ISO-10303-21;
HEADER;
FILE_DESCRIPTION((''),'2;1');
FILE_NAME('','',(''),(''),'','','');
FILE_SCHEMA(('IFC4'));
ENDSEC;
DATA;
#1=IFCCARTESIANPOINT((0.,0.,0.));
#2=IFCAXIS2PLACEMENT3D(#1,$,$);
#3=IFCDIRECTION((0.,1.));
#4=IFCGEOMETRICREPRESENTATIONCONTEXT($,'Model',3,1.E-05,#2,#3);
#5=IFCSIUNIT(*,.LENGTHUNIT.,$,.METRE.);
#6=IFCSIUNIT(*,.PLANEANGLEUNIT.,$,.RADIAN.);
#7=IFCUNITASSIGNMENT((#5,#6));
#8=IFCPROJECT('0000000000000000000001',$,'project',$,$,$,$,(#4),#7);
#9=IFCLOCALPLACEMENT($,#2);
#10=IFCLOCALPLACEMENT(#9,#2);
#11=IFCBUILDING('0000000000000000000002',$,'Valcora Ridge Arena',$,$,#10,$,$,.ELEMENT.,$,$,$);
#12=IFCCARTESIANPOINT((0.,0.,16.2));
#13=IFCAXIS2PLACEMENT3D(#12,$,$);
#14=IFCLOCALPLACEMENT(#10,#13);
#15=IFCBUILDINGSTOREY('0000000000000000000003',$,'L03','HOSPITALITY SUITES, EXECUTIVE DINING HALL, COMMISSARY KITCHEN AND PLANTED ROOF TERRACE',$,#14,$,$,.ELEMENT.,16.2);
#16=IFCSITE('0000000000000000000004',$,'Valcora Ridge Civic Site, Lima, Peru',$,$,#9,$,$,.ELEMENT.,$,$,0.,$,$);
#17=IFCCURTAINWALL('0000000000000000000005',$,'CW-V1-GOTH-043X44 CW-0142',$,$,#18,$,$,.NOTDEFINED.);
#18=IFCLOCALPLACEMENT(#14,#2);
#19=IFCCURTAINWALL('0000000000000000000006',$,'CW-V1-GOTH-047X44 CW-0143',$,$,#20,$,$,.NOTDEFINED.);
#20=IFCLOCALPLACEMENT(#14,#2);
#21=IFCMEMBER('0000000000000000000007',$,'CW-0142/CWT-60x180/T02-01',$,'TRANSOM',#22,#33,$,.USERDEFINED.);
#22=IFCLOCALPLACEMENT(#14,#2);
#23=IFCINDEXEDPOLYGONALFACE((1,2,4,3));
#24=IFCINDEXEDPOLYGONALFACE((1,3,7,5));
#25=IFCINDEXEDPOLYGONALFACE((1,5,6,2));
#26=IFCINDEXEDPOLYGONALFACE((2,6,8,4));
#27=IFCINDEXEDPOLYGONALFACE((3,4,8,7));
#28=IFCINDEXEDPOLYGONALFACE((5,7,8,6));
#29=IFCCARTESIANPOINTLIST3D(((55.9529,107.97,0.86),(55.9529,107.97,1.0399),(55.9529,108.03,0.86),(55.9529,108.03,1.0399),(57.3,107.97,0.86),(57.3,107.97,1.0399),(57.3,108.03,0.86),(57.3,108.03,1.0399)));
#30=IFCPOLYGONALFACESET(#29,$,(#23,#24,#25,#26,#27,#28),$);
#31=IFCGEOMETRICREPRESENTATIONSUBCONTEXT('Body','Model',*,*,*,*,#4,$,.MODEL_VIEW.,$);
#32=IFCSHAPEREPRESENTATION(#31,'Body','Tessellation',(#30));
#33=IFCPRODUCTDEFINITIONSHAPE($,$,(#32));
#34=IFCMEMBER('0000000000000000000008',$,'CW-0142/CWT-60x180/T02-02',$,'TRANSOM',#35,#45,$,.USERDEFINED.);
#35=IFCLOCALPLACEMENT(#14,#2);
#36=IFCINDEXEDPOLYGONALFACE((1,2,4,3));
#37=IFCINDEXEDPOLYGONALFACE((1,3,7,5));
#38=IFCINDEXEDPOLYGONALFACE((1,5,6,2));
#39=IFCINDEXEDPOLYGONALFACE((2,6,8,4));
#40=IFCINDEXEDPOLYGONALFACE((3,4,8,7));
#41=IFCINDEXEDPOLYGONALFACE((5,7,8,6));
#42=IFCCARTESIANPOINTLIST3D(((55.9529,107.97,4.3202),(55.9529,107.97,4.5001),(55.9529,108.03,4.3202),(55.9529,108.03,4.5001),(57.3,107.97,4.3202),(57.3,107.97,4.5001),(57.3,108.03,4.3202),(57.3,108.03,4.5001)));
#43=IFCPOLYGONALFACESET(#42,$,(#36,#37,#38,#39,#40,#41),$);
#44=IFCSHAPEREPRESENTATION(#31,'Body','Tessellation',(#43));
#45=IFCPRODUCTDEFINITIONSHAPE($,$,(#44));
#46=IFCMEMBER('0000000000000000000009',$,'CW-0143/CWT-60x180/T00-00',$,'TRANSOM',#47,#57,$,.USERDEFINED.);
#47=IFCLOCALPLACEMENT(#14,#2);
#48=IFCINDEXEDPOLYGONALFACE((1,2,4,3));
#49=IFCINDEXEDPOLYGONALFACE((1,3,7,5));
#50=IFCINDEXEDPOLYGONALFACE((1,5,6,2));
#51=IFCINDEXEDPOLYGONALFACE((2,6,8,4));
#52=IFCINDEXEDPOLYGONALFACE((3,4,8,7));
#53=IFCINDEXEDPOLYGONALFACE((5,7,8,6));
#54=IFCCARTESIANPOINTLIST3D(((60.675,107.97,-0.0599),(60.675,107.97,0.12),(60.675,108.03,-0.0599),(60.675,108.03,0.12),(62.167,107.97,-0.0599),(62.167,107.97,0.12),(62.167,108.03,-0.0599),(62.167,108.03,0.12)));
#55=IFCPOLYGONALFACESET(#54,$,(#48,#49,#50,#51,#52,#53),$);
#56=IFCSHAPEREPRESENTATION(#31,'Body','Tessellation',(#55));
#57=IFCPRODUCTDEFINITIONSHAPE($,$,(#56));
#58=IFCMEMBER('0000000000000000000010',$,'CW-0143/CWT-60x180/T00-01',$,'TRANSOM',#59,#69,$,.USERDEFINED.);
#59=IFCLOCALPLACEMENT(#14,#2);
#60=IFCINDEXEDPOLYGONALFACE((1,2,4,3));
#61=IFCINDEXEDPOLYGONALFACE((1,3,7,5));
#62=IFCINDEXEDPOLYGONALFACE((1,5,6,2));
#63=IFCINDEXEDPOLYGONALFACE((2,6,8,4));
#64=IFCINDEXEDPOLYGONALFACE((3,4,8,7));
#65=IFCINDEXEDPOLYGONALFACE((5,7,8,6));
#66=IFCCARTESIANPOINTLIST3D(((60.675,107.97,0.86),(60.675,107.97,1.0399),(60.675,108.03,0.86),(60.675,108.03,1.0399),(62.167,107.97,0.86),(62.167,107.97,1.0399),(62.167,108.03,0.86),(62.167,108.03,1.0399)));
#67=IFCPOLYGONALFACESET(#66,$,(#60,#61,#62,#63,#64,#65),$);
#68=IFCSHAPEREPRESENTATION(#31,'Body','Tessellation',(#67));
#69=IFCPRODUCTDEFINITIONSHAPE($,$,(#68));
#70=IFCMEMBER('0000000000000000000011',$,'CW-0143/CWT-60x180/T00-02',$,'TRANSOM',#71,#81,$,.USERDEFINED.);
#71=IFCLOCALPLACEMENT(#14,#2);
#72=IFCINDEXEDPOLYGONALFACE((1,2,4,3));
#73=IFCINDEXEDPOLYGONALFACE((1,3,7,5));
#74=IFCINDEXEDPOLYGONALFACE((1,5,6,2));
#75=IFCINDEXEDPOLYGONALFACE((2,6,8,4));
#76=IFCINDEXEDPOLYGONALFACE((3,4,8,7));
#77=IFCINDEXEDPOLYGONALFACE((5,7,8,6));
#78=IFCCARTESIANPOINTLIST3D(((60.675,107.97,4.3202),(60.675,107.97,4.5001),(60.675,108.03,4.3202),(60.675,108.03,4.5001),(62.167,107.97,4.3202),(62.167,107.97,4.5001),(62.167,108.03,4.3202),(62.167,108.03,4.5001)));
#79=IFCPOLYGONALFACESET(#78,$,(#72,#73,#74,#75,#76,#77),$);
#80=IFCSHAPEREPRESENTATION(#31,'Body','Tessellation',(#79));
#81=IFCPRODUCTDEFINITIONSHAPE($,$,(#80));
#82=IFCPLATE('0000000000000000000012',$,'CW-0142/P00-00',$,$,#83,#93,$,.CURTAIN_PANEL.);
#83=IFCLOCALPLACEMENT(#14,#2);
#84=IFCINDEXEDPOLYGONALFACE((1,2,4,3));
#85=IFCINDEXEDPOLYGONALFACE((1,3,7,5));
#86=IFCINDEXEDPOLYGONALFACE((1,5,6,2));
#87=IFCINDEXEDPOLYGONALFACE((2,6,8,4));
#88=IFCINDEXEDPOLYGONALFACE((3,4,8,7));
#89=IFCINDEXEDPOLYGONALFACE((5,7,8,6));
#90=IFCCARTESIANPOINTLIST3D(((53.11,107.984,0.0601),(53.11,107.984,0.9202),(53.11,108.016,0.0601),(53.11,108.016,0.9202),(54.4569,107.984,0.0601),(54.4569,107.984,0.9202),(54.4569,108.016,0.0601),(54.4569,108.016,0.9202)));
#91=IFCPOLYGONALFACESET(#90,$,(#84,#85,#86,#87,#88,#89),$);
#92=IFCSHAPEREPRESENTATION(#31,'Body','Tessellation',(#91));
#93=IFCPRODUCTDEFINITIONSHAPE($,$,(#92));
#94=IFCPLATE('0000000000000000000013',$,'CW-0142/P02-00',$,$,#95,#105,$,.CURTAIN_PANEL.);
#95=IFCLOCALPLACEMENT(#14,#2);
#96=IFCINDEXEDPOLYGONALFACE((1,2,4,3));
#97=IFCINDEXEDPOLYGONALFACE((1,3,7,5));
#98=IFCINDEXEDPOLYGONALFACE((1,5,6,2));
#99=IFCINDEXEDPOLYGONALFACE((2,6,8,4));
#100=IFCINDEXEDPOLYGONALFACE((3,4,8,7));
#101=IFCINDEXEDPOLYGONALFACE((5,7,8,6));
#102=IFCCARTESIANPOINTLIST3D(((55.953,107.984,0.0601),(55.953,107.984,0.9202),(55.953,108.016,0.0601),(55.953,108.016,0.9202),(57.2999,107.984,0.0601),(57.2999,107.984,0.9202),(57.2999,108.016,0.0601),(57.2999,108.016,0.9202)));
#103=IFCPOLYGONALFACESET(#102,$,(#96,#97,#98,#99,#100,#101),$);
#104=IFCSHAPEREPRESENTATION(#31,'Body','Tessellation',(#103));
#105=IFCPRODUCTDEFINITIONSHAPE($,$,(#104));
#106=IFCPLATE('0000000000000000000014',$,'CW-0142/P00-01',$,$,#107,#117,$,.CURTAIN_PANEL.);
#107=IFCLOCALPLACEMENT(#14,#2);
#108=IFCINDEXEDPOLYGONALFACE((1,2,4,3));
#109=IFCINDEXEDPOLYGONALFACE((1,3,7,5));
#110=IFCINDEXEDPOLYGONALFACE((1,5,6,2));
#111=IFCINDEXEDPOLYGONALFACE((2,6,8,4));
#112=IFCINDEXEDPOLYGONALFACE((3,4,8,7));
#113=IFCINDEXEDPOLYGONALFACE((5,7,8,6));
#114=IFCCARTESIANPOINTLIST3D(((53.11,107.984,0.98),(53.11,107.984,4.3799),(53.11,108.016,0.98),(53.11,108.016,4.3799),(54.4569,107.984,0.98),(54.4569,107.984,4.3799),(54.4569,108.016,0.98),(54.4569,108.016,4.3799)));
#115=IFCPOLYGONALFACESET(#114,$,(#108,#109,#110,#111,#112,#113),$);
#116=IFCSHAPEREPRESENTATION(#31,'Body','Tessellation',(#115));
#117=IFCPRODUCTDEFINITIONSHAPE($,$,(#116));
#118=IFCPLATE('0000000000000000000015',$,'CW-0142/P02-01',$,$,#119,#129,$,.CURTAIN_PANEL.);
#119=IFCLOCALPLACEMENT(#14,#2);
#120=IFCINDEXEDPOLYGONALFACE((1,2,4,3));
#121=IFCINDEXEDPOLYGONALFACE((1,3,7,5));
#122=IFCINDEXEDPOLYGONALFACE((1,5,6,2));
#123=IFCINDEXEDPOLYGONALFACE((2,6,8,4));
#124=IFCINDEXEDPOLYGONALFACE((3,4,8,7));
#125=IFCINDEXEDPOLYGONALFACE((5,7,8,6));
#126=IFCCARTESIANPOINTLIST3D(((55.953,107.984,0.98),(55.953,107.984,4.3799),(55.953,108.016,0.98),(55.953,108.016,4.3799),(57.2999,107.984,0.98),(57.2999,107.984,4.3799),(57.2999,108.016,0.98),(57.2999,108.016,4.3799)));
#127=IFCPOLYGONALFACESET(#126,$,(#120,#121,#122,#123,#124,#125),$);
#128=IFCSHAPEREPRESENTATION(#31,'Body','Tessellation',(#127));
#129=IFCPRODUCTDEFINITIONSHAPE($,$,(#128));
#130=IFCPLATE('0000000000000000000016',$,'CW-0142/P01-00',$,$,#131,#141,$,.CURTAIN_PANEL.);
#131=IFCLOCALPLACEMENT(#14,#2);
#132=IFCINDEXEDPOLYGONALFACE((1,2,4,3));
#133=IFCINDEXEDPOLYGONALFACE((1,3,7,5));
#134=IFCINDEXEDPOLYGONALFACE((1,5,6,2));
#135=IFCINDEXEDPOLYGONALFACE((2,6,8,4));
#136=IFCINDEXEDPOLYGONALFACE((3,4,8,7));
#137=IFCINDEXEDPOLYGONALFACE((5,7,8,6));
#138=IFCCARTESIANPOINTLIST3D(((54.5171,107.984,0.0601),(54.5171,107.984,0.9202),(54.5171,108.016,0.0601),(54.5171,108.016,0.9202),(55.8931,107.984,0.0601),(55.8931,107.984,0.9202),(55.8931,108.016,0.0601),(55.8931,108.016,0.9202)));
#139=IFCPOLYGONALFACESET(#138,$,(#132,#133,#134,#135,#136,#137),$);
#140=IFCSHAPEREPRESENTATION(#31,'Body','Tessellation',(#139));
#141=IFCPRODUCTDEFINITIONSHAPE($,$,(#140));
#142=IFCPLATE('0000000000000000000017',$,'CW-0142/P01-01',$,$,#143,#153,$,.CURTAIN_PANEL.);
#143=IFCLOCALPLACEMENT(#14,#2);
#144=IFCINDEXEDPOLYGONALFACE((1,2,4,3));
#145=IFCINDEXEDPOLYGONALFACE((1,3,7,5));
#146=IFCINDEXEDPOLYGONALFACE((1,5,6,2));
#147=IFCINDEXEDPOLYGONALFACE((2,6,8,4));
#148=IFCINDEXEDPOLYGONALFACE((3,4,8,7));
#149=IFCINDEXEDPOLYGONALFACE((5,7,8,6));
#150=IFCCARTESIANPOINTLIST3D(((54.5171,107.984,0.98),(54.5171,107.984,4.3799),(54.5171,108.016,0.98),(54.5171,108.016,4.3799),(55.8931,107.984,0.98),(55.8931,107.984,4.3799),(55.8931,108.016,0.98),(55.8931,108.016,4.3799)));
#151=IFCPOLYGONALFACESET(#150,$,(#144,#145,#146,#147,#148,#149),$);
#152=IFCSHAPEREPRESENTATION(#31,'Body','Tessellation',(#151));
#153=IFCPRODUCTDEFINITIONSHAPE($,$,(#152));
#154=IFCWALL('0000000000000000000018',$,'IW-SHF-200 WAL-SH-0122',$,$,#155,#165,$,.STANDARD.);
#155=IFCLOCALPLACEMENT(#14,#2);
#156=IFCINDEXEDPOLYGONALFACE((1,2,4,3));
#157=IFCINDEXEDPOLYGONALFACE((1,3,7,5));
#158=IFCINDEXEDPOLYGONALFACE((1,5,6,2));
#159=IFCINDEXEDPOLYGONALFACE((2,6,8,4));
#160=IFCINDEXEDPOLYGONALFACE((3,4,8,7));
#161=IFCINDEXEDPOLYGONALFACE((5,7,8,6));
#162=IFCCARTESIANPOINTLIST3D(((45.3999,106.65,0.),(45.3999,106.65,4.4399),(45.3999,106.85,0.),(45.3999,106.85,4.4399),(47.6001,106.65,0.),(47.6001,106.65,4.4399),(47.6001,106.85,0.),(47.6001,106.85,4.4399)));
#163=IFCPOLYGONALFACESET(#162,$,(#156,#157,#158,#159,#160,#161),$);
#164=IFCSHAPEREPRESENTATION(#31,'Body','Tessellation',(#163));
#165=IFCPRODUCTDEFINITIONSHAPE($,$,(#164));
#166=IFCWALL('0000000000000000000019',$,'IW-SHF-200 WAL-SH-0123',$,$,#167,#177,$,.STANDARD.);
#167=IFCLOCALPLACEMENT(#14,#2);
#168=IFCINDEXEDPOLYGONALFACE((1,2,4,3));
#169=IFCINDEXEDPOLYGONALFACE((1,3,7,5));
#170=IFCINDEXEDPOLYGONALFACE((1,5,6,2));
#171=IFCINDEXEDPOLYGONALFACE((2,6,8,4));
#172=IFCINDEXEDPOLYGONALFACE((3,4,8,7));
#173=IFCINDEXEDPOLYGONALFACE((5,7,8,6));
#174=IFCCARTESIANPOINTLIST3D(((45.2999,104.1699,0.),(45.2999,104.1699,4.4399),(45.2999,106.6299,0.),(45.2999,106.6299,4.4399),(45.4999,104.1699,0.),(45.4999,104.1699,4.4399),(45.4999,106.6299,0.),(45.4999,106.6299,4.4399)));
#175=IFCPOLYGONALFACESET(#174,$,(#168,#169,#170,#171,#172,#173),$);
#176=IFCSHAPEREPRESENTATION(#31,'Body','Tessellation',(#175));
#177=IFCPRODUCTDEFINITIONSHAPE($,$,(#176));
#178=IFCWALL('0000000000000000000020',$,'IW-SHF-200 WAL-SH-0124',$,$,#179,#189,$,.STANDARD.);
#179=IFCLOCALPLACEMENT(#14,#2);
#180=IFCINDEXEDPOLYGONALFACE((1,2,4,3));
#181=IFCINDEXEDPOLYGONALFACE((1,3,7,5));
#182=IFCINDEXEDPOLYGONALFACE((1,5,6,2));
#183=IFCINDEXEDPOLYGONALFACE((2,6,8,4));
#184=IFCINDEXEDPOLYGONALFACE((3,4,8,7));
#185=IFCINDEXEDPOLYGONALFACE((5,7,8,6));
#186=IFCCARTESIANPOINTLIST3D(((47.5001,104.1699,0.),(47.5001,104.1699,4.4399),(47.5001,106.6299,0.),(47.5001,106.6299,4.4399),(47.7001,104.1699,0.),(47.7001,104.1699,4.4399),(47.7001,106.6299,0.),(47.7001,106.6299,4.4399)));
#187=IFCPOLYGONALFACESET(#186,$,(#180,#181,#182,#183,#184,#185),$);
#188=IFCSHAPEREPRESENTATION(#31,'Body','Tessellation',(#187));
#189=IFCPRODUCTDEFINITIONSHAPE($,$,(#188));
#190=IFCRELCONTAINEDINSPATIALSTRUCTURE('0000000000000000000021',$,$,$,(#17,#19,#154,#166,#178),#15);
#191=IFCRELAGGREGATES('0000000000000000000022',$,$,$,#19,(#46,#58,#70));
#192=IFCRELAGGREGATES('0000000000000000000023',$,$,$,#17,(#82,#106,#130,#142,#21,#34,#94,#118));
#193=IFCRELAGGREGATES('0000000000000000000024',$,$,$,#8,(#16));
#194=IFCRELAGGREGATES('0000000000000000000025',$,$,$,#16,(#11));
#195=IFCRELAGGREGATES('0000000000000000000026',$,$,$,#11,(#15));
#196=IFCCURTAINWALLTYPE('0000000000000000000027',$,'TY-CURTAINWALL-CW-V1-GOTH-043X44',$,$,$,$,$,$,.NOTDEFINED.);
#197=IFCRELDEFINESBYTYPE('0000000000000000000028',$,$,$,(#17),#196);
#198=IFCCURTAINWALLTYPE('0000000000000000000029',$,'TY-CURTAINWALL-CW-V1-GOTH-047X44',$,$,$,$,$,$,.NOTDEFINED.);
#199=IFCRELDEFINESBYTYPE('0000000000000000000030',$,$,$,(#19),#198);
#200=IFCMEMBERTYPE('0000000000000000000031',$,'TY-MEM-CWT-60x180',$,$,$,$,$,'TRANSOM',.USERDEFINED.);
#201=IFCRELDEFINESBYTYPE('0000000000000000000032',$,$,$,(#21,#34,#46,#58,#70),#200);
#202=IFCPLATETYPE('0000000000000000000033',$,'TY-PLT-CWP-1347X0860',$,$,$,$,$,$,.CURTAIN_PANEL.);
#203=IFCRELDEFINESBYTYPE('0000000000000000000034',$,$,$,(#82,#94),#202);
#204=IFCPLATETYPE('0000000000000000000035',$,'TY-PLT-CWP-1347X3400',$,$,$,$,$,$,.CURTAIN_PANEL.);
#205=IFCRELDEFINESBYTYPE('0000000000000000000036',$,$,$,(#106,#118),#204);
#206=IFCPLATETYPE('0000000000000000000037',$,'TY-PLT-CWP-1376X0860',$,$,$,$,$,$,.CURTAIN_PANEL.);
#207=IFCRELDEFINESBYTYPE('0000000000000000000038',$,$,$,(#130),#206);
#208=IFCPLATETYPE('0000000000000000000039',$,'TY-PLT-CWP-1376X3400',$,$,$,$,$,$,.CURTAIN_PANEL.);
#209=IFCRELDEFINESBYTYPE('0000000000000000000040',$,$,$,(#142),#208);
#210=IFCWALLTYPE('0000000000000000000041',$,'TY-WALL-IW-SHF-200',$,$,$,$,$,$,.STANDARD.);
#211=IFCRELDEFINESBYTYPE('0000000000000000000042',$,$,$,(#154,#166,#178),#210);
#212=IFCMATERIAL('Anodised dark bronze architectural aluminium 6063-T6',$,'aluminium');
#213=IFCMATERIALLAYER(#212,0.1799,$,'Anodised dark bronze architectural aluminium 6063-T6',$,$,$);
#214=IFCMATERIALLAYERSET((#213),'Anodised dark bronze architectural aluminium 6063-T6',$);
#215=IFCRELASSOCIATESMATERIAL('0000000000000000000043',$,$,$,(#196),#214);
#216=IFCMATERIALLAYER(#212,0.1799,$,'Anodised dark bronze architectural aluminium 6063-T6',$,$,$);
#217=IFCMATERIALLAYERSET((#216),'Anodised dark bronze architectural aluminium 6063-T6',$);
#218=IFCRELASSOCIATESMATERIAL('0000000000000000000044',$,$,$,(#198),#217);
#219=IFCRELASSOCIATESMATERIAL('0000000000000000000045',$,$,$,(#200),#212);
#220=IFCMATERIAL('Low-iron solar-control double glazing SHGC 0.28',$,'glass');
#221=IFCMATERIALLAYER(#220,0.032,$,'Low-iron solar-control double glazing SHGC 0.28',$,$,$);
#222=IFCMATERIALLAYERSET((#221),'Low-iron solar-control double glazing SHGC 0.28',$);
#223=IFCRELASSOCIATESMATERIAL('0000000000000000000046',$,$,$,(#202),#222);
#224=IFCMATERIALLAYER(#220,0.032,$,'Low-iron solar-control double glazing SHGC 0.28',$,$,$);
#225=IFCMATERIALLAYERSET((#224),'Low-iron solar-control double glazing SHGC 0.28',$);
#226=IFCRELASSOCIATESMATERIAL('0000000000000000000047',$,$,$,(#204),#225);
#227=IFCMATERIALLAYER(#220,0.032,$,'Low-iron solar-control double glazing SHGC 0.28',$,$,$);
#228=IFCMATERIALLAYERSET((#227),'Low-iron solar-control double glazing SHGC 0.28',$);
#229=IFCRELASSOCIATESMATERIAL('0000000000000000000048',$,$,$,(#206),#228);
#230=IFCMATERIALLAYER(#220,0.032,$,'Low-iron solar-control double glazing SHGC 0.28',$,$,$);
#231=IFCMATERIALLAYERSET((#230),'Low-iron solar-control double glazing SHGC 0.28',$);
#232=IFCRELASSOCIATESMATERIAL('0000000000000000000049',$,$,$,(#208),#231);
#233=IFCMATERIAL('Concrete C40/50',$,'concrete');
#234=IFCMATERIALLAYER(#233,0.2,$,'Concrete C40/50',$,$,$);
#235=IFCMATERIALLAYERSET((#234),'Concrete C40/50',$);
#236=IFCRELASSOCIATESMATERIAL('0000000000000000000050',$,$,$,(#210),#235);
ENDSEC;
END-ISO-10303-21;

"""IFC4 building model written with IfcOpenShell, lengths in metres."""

from ifc_helpers import new_model, si_unit, direction, frame, frame_2d, origin, origin_2d, place, context, subcontext, project, spatial, rectangle, extrude, material, layer, layer_set, material_profile, profile_set, type_object, element, aggregate, save


model = new_model("IFC4")

# Units and contexts
model_context = context("Model", 3, precision=1e-05, world=origin(), true_north=direction((0.0, 1.0)))
body_context = subcontext(model_context, "Body", "Model", "MODEL_VIEW")
ifc_project = project(units=[si_unit("LENGTHUNIT", "METRE"), si_unit("PLANEANGLEUNIT", "RADIAN")], contexts=[model_context])

# Site, building, storey
site_placement = place(None, origin())
site = spatial("IfcSite", under=ifc_project, at=site_placement, Name="Valcora Ridge Civic Site, Lima, Peru", CompositionType="ELEMENT", RefElevation=0.0)
building_placement = place(site_placement, origin())
building = spatial("IfcBuilding", under=site, at=building_placement, Name="Valcora Ridge Arena", CompositionType="ELEMENT")
storey_placement = place(building_placement, frame((0.0, 0.0, 16.2)))
storey = spatial("IfcBuildingStorey", under=building, at=storey_placement, Name="L03", Description="HOSPITALITY SUITES, EXECUTIVE DINING HALL, COMMISSARY KITCHEN AND PLANTED ROOF TERRACE", CompositionType="ELEMENT", Elevation=16.2)

# Curtain wall
ifc_material_1 = material(Name="Anodised dark bronze architectural aluminium 6063-T6", Category="aluminium")
ifc_layer_1 = layer(ifc_material_1, 0.1799, Name="Anodised dark bronze architectural aluminium 6063-T6")
ifc_layer_set_1 = layer_set([ifc_layer_1], Name="Anodised dark bronze architectural aluminium 6063-T6")
curtain_wall_type_1 = type_object("IfcCurtainWallType", Name="TY-CURTAINWALL-CW-V1-GOTH-043X44", PredefinedType="NOTDEFINED", material=ifc_layer_set_1)
curtain_wall_1_placement = place(storey_placement, origin())
curtain_wall_1 = element("IfcCurtainWall", 1, at=curtain_wall_1_placement, inside=storey, type_object=curtain_wall_type_1, Name="CW-V1-GOTH-043X44 CW-0142", PredefinedType="NOTDEFINED")

# Curtain wall
ifc_layer_2 = layer(ifc_material_1, 0.1799, Name="Anodised dark bronze architectural aluminium 6063-T6")
ifc_layer_set_2 = layer_set([ifc_layer_2], Name="Anodised dark bronze architectural aluminium 6063-T6")
curtain_wall_type_2 = type_object("IfcCurtainWallType", Name="TY-CURTAINWALL-CW-V1-GOTH-047X44", PredefinedType="NOTDEFINED", material=ifc_layer_set_2)
curtain_wall_2_placement = place(storey_placement, origin())
curtain_wall_2 = element("IfcCurtainWall", 2, at=curtain_wall_2_placement, inside=storey, type_object=curtain_wall_type_2, Name="CW-V1-GOTH-047X44 CW-0143", PredefinedType="NOTDEFINED")

# Members
ifc_material_profile_1 = material_profile(ifc_material_1, rectangle(XDim=0.0601, YDim=0.1799, at=origin_2d()), Name="ALU TRANSOM 60x180")
ifc_profile_set_1 = profile_set([ifc_material_profile_1], Name="Anodised dark bronze architectural aluminium 6063-T6")
member_type_1 = type_object("IfcMemberType", Name="TY-MEM-CWT-60x180", ElementType="TRANSOM", PredefinedType="USERDEFINED", material=ifc_profile_set_1)
member_1_placement = place(storey_placement, frame((55.9529, 108.0, 0.95), z_axis=(1.0, 0.0, 0.0), x_axis=(0.0, 1.0, 0.0)))
member_1 = element("IfcMember", 3, at=member_1_placement, type_object=member_type_1, Name="CW-0142/CWT-60x180/T02-01", ObjectType="TRANSOM", PredefinedType="USERDEFINED", context=body_context, shape_type="SweptSolid", body=[
    extrude(rectangle(XDim=0.0601, YDim=0.1799, at=origin_2d()), origin(), (0.0, 0.0, 1.0), 1.3472),
])
member_2_placement = place(storey_placement, frame((55.9529, 108.0, 4.4102), z_axis=(1.0, 0.0, 0.0), x_axis=(0.0, 1.0, 0.0)))
member_2 = element("IfcMember", 4, at=member_2_placement, type_object=member_type_1, Name="CW-0142/CWT-60x180/T02-02", ObjectType="TRANSOM", PredefinedType="USERDEFINED", context=body_context, shape_type="SweptSolid", body=[
    extrude(rectangle(XDim=0.0601, YDim=0.1799, at=origin_2d()), origin(), (0.0, 0.0, 1.0), 1.3472),
])
member_3_placement = place(storey_placement, frame((60.675, 108.0, 0.03), z_axis=(1.0, 0.0, 0.0), x_axis=(0.0, 1.0, 0.0)))
member_3 = element("IfcMember", 5, at=member_3_placement, type_object=member_type_1, Name="CW-0143/CWT-60x180/T00-00", ObjectType="TRANSOM", PredefinedType="USERDEFINED", context=body_context, shape_type="SweptSolid", body=[
    extrude(rectangle(XDim=0.0601, YDim=0.1799, at=origin_2d()), origin(), (0.0, 0.0, 1.0), 1.4919),
])
member_4_placement = place(storey_placement, frame((60.675, 108.0, 0.95), z_axis=(1.0, 0.0, 0.0), x_axis=(0.0, 1.0, 0.0)))
member_4 = element("IfcMember", 6, at=member_4_placement, type_object=member_type_1, Name="CW-0143/CWT-60x180/T00-01", ObjectType="TRANSOM", PredefinedType="USERDEFINED", context=body_context, shape_type="SweptSolid", body=[
    extrude(rectangle(XDim=0.0601, YDim=0.1799, at=origin_2d()), origin(), (0.0, 0.0, 1.0), 1.4919),
])
member_5_placement = place(storey_placement, frame((60.675, 108.0, 4.4102), z_axis=(1.0, 0.0, 0.0), x_axis=(0.0, 1.0, 0.0)))
member_5 = element("IfcMember", 7, at=member_5_placement, type_object=member_type_1, Name="CW-0143/CWT-60x180/T00-02", ObjectType="TRANSOM", PredefinedType="USERDEFINED", context=body_context, shape_type="SweptSolid", body=[
    extrude(rectangle(XDim=0.0601, YDim=0.1799, at=origin_2d()), origin(), (0.0, 0.0, 1.0), 1.4919),
])
aggregate(curtain_wall_2, [member_3, member_4, member_5])

# Plates
ifc_material_2 = material(Name="Low-iron solar-control double glazing SHGC 0.28", Category="glass")
ifc_layer_3 = layer(ifc_material_2, 0.032, Name="Low-iron solar-control double glazing SHGC 0.28")
ifc_layer_set_3 = layer_set([ifc_layer_3], Name="Low-iron solar-control double glazing SHGC 0.28")
plate_type_1 = type_object("IfcPlateType", Name="TY-PLT-CWP-1347X0860", PredefinedType="CURTAIN_PANEL", material=ifc_layer_set_3)
plate_1_placement = place(storey_placement, frame((53.7834, 108.0, 0.0601), z_axis=(0.0, 0.0, 1.0), x_axis=(1.0, 0.0, 0.0)))
plate_1 = element("IfcPlate", 8, at=plate_1_placement, type_object=plate_type_1, Name="CW-0142/P00-00", PredefinedType="CURTAIN_PANEL", context=body_context, shape_type="SweptSolid", body=[
    extrude(rectangle(XDim=1.3469, YDim=0.032, at=origin_2d()), origin(), (0.0, 0.0, 1.0), 0.8601),
])
plate_2_placement = place(storey_placement, frame((56.6265, 108.0, 0.0601), z_axis=(0.0, 0.0, 1.0), x_axis=(1.0, 0.0, 0.0)))
plate_2 = element("IfcPlate", 9, at=plate_2_placement, type_object=plate_type_1, Name="CW-0142/P02-00", PredefinedType="CURTAIN_PANEL", context=body_context, shape_type="SweptSolid", body=[
    extrude(rectangle(XDim=1.3469, YDim=0.032, at=origin_2d()), origin(), (0.0, 0.0, 1.0), 0.8601),
])
ifc_layer_4 = layer(ifc_material_2, 0.032, Name="Low-iron solar-control double glazing SHGC 0.28")
ifc_layer_set_4 = layer_set([ifc_layer_4], Name="Low-iron solar-control double glazing SHGC 0.28")
plate_type_2 = type_object("IfcPlateType", Name="TY-PLT-CWP-1347X3400", PredefinedType="CURTAIN_PANEL", material=ifc_layer_set_4)
plate_3_placement = place(storey_placement, frame((53.7834, 108.0, 0.98), z_axis=(0.0, 0.0, 1.0), x_axis=(1.0, 0.0, 0.0)))
plate_3 = element("IfcPlate", 10, at=plate_3_placement, type_object=plate_type_2, Name="CW-0142/P00-01", PredefinedType="CURTAIN_PANEL", context=body_context, shape_type="SweptSolid", body=[
    extrude(rectangle(XDim=1.3469, YDim=0.032, at=origin_2d()), origin(), (0.0, 0.0, 1.0), 3.3999),
])
plate_4_placement = place(storey_placement, frame((56.6265, 108.0, 0.98), z_axis=(0.0, 0.0, 1.0), x_axis=(1.0, 0.0, 0.0)))
plate_4 = element("IfcPlate", 11, at=plate_4_placement, type_object=plate_type_2, Name="CW-0142/P02-01", PredefinedType="CURTAIN_PANEL", context=body_context, shape_type="SweptSolid", body=[
    extrude(rectangle(XDim=1.3469, YDim=0.032, at=origin_2d()), origin(), (0.0, 0.0, 1.0), 3.3999),
])
ifc_layer_5 = layer(ifc_material_2, 0.032, Name="Low-iron solar-control double glazing SHGC 0.28")
ifc_layer_set_5 = layer_set([ifc_layer_5], Name="Low-iron solar-control double glazing SHGC 0.28")
plate_type_3 = type_object("IfcPlateType", Name="TY-PLT-CWP-1376X0860", PredefinedType="CURTAIN_PANEL", material=ifc_layer_set_5)
plate_5_placement = place(storey_placement, frame((55.2051, 108.0, 0.0601), z_axis=(0.0, 0.0, 1.0), x_axis=(1.0, 0.0, 0.0)))
plate_5 = element("IfcPlate", 12, at=plate_5_placement, type_object=plate_type_3, Name="CW-0142/P01-00", PredefinedType="CURTAIN_PANEL", context=body_context, shape_type="SweptSolid", body=[
    extrude(rectangle(XDim=1.376, YDim=0.032, at=origin_2d()), origin(), (0.0, 0.0, 1.0), 0.8601),
])
ifc_layer_6 = layer(ifc_material_2, 0.032, Name="Low-iron solar-control double glazing SHGC 0.28")
ifc_layer_set_6 = layer_set([ifc_layer_6], Name="Low-iron solar-control double glazing SHGC 0.28")
plate_type_4 = type_object("IfcPlateType", Name="TY-PLT-CWP-1376X3400", PredefinedType="CURTAIN_PANEL", material=ifc_layer_set_6)
plate_6_placement = place(storey_placement, frame((55.2051, 108.0, 0.98), z_axis=(0.0, 0.0, 1.0), x_axis=(1.0, 0.0, 0.0)))
plate_6 = element("IfcPlate", 13, at=plate_6_placement, type_object=plate_type_4, Name="CW-0142/P01-01", PredefinedType="CURTAIN_PANEL", context=body_context, shape_type="SweptSolid", body=[
    extrude(rectangle(XDim=1.376, YDim=0.032, at=origin_2d()), origin(), (0.0, 0.0, 1.0), 3.3999),
])
aggregate(curtain_wall_1, [plate_1, plate_3, plate_5, plate_6, member_1, member_2, plate_2, plate_4])

# Shared definitions
ifc_material_3 = material(Name="Concrete C40/50", Category="concrete")
ifc_layer_7 = layer(ifc_material_3, 0.2, Name="Concrete C40/50")
ifc_layer_set_7 = layer_set([ifc_layer_7], Name="Concrete C40/50")
wall_type_1 = type_object("IfcWallType", Name="TY-WALL-IW-SHF-200", PredefinedType="STANDARD", material=ifc_layer_set_7)

# Walls
wall_1_placement = place(storey_placement, frame((45.3999, 106.75, 0.0), z_axis=(0.0, 0.0, 1.0), x_axis=(1.0, 0.0, 0.0)))
element("IfcWall", 14, at=wall_1_placement, inside=storey, type_object=wall_type_1, Name="IW-SHF-200 WAL-SH-0122", PredefinedType="STANDARD", context=body_context, shape_type="SweptSolid", body=[
    extrude(rectangle(XDim=2.2002, YDim=0.2, at=frame_2d((1.1001, 0.0))), origin(), (0.0, 0.0, 1.0), 4.4399),
])
for number, where, z_axis, x_axis, name in (
    (15, (45.3999, 104.1699, 0.0), (0.0, 0.0, 1.0), (0.0, 1.0, 0.0), "IW-SHF-200 WAL-SH-0123"),
    (16, (47.6001, 104.1699, 0.0), (0.0, 0.0, 1.0), (0.0, 1.0, 0.0), "IW-SHF-200 WAL-SH-0124"),
):
    element("IfcWall", number, at=place(storey_placement, frame(where, z_axis=z_axis, x_axis=x_axis)), inside=storey, type_object=wall_type_1, Name=name, PredefinedType="STANDARD", context=body_context, shape_type="SweptSolid", body=[
        extrude(rectangle(XDim=2.46, YDim=0.2, at=frame_2d((1.23, 0.0))), origin(), (0.0, 0.0, 1.0), 4.4399),
    ])

save(model, "model.ifc")
